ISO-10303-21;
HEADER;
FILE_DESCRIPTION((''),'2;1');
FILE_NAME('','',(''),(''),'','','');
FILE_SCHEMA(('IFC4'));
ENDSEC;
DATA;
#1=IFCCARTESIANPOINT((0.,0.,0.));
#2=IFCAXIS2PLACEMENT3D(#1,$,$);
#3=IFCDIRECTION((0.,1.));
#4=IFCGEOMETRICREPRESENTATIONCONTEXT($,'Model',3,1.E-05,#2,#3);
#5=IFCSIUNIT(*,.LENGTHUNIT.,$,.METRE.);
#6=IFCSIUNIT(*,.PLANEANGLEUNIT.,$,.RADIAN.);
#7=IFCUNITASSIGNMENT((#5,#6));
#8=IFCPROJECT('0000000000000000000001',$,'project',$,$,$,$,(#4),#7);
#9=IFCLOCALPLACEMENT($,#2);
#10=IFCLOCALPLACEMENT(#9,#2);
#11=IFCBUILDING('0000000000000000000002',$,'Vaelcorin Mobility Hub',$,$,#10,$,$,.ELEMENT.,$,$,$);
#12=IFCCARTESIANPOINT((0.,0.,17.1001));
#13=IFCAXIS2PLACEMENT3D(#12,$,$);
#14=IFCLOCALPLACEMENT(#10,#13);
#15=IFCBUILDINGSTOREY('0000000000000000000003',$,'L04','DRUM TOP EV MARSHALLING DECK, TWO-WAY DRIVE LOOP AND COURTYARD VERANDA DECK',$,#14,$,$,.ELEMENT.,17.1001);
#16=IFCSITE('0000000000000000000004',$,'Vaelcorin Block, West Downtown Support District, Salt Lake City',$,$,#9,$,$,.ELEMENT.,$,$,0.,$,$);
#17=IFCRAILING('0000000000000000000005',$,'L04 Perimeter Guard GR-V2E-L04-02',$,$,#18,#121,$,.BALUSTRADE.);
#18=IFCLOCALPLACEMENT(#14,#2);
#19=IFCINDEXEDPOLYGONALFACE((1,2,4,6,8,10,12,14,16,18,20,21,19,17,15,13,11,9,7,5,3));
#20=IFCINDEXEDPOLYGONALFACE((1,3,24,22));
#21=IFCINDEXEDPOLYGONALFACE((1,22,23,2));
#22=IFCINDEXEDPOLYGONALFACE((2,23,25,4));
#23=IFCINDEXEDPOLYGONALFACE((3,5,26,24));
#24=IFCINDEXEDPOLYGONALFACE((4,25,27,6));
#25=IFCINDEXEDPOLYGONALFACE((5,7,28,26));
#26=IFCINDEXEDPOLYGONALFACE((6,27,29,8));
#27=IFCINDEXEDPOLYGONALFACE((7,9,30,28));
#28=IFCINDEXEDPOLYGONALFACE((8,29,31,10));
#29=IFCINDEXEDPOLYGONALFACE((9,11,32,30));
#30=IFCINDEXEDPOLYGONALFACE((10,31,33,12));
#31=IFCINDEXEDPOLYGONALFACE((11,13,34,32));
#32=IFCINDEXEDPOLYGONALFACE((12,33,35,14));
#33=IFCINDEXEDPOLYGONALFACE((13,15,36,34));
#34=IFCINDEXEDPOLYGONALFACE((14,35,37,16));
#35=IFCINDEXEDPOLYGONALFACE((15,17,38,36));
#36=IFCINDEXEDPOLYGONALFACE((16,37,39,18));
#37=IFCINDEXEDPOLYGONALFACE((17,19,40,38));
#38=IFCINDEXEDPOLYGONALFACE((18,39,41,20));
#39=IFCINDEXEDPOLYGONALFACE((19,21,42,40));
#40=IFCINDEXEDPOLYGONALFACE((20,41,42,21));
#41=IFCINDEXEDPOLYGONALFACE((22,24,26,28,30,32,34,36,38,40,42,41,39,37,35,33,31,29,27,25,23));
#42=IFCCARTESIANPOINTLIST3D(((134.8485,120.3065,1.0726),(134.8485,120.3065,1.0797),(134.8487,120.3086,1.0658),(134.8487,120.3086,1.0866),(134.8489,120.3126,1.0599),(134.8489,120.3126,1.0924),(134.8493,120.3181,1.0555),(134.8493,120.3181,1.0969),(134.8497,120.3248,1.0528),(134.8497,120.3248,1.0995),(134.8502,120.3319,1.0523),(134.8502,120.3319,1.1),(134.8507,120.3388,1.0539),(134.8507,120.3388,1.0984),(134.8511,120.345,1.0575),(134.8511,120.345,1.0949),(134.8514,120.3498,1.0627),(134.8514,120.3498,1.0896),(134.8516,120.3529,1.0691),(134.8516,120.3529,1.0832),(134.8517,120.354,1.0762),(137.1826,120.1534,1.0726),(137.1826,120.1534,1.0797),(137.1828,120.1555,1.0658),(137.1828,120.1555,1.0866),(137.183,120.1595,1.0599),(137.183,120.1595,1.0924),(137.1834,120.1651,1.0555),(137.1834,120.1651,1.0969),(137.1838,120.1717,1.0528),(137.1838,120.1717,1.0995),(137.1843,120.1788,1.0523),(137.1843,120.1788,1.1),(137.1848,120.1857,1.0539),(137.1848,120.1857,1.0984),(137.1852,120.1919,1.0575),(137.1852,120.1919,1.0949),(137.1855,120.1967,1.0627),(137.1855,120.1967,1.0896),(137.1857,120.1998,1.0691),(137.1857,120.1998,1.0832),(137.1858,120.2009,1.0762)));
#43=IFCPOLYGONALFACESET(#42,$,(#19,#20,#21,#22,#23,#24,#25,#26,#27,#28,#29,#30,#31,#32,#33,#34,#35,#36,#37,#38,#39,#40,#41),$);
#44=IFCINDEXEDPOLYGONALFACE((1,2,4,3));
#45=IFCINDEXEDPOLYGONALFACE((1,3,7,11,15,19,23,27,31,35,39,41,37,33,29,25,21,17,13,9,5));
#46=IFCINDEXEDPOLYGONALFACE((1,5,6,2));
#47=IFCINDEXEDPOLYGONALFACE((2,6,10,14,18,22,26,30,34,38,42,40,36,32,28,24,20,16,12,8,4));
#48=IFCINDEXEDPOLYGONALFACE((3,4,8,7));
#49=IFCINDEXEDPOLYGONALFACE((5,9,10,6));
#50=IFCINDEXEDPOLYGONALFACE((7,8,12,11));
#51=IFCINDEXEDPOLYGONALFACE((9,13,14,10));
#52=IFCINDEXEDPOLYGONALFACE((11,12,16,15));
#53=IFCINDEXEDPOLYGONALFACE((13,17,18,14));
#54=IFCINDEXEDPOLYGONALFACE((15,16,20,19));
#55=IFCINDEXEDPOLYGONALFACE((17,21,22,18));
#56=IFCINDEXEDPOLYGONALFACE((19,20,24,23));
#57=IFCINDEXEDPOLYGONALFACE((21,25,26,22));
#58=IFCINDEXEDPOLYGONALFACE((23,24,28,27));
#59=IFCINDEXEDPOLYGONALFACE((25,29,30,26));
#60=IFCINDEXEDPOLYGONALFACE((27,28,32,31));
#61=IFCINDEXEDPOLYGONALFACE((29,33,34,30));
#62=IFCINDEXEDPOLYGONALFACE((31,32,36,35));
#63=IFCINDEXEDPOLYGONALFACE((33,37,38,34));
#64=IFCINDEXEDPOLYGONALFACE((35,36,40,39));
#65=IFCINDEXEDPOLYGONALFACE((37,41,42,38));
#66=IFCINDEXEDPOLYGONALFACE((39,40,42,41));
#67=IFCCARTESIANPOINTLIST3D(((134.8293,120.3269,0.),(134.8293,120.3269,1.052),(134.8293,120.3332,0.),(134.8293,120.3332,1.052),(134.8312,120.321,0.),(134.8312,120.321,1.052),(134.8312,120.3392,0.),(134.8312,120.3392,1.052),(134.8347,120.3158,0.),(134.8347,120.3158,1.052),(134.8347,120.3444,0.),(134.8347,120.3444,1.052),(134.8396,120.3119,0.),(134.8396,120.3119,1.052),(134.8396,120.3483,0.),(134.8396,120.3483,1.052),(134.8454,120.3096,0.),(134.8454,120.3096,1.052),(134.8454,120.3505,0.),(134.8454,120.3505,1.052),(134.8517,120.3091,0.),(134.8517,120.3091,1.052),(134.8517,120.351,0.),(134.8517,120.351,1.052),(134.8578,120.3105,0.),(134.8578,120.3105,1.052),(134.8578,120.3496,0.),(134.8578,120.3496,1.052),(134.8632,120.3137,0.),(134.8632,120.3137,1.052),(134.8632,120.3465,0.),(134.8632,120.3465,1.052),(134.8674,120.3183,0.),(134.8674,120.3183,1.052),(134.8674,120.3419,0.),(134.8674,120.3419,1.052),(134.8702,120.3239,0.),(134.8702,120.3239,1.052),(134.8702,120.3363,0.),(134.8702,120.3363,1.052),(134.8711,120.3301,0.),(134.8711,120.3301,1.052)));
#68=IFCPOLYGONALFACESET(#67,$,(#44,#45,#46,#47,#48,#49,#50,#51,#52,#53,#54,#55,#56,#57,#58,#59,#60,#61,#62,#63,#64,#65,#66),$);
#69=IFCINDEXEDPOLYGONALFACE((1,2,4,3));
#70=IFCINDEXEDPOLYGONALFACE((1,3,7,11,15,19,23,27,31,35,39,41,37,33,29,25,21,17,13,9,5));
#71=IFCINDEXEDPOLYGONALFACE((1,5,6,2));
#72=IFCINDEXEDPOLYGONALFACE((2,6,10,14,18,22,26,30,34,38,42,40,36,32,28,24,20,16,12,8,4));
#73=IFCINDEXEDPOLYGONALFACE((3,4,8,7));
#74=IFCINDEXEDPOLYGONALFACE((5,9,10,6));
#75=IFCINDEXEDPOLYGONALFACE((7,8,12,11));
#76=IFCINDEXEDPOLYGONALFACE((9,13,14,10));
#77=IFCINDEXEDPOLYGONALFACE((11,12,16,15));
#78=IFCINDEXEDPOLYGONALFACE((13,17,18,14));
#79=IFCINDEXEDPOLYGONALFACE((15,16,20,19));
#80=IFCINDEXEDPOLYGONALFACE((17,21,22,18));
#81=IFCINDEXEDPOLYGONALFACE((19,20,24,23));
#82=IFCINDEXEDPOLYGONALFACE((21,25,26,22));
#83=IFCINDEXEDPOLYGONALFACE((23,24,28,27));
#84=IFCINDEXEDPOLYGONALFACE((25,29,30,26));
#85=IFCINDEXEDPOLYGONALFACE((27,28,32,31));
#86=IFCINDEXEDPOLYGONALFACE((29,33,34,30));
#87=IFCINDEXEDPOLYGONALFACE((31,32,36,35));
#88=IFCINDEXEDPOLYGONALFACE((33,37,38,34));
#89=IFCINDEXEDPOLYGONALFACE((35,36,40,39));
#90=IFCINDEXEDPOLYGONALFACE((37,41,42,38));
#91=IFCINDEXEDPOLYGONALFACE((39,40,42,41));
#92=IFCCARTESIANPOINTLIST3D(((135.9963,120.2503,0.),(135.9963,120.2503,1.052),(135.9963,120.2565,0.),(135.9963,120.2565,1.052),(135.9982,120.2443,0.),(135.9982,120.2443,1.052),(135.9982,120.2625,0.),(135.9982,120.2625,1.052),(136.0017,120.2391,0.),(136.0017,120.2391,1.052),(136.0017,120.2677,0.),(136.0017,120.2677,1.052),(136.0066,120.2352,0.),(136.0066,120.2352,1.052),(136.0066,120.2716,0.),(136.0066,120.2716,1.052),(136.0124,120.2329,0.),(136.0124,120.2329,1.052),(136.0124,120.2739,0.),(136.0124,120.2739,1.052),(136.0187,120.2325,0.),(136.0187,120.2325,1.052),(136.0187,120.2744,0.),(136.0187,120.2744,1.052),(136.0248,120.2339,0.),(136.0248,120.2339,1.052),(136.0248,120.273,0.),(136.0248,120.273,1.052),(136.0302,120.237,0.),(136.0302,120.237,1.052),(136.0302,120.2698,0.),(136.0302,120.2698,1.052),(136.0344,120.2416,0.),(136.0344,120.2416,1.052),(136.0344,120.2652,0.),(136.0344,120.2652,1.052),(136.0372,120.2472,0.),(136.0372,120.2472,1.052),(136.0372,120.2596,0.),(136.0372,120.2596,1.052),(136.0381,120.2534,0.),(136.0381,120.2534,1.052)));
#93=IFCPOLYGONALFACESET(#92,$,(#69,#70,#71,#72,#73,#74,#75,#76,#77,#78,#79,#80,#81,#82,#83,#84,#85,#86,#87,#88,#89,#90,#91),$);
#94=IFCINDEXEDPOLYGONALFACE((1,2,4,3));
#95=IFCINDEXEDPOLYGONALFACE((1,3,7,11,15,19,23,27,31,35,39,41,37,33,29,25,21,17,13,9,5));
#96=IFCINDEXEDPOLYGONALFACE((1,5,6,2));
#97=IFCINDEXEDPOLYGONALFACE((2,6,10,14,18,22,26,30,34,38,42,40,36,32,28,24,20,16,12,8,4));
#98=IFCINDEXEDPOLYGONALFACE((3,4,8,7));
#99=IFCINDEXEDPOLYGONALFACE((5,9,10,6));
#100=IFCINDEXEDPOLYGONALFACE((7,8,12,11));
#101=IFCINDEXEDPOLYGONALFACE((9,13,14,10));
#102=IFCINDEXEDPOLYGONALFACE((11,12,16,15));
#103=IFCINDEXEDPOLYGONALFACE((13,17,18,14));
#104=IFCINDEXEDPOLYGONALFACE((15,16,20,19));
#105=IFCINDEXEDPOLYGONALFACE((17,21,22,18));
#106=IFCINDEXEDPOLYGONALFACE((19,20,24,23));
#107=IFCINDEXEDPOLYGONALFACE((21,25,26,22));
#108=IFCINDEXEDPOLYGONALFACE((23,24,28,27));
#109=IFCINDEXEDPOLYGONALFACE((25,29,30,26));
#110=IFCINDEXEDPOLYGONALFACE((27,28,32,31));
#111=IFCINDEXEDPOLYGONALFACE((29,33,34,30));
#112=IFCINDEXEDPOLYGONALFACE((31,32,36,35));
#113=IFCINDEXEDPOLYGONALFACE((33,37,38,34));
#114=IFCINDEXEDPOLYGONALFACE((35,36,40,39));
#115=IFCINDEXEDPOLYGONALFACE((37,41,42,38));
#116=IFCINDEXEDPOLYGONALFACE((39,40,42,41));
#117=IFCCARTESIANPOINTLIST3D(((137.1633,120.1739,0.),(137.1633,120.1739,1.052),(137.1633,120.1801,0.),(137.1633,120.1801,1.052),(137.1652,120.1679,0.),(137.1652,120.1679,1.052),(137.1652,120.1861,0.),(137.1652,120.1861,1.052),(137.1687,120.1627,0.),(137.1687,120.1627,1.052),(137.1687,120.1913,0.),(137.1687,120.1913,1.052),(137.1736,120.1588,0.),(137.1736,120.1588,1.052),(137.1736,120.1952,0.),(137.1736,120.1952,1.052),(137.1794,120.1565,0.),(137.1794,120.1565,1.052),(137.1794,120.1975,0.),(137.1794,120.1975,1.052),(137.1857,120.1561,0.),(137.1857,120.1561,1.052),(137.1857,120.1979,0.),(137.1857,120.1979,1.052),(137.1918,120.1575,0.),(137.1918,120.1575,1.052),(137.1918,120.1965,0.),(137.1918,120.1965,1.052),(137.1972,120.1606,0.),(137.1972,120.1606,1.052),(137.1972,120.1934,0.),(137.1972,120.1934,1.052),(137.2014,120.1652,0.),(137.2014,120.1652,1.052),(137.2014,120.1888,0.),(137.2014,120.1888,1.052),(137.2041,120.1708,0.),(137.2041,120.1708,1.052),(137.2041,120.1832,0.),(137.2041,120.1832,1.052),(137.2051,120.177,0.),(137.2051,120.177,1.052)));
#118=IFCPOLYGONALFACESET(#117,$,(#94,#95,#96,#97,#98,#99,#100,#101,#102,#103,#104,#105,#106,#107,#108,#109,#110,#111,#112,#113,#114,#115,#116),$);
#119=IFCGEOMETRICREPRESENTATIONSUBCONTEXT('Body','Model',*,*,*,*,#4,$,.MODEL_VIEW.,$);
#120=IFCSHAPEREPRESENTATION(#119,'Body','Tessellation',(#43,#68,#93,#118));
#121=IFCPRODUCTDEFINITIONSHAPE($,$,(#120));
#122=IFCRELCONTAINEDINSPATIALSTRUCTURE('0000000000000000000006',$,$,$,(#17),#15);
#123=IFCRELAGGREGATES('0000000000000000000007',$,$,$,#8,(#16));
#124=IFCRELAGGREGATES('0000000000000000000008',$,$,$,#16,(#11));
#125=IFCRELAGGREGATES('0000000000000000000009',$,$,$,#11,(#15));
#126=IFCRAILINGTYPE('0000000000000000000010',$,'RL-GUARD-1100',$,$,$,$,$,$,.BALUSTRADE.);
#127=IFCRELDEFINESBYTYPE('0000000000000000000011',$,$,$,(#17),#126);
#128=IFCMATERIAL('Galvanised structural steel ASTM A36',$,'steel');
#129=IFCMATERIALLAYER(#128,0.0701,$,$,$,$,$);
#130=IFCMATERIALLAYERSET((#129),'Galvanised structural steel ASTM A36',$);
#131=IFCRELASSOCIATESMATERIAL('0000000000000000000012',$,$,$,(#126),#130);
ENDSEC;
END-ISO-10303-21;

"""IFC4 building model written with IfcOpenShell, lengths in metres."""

from ifc_helpers import new_model, si_unit, direction, frame, origin, origin_2d, place, context, subcontext, project, spatial, circle, extrude, material, layer, layer_set, type_object, element, save


model = new_model("IFC4")

# Units and contexts
model_context = context("Model", 3, precision=1e-05, world=origin(), true_north=direction((0.0, 1.0)))
body_context = subcontext(model_context, "Body", "Model", "MODEL_VIEW")
ifc_project = project(units=[si_unit("LENGTHUNIT", "METRE"), si_unit("PLANEANGLEUNIT", "RADIAN")], contexts=[model_context])

# Site, building, storey
site_placement = place(None, origin())
site = spatial("IfcSite", under=ifc_project, at=site_placement, Name="Vaelcorin Block, West Downtown Support District, Salt Lake City", CompositionType="ELEMENT", RefElevation=0.0)
building_placement = place(site_placement, origin())
building = spatial("IfcBuilding", under=site, at=building_placement, Name="Vaelcorin Mobility Hub", CompositionType="ELEMENT")
storey_placement = place(building_placement, frame((0.0, 0.0, 17.1001)))
storey = spatial("IfcBuildingStorey", under=building, at=storey_placement, Name="L04", Description="DRUM TOP EV MARSHALLING DECK, TWO-WAY DRIVE LOOP AND COURTYARD VERANDA DECK", CompositionType="ELEMENT", Elevation=17.1001)

# Railing
ifc_material_1 = material(Name="Galvanised structural steel ASTM A36", Category="steel")
ifc_layer_1 = layer(ifc_material_1, 0.0701)
ifc_layer_set_1 = layer_set([ifc_layer_1], Name="Galvanised structural steel ASTM A36")
railing_type = type_object("IfcRailingType", Name="RL-GUARD-1100", PredefinedType="BALUSTRADE", material=ifc_layer_set_1)
railing_1_placement = place(storey_placement, frame((134.8501, 120.3301, 0.0)))
element("IfcRailing", 1, at=railing_1_placement, inside=storey, type_object=railing_type, Name="L04 Perimeter Guard GR-V2E-L04-02", PredefinedType="BALUSTRADE", context=body_context, shape_type="SweptSolid", body=[
    extrude(circle(Radius=0.0239, at=origin_2d()), frame((0.0, 0.0, 1.0762), z_axis=(0.997856, -0.065445, 0.0), x_axis=(0.065445, 0.997856, 0.0)), (0.0, 0.0, 1.0), 2.3391),
    extrude(circle(Radius=0.021, at=origin_2d()), origin(), (0.0, 0.0, 1.0), 1.052),
    extrude(circle(Radius=0.021, at=origin_2d()), frame((1.167, -0.0767, 0.0)), (0.0, 0.0, 1.0), 1.052),
    extrude(circle(Radius=0.021, at=origin_2d()), frame((2.334, -0.1531, 0.0)), (0.0, 0.0, 1.0), 1.052),
])

save(model, "model.ifc")
